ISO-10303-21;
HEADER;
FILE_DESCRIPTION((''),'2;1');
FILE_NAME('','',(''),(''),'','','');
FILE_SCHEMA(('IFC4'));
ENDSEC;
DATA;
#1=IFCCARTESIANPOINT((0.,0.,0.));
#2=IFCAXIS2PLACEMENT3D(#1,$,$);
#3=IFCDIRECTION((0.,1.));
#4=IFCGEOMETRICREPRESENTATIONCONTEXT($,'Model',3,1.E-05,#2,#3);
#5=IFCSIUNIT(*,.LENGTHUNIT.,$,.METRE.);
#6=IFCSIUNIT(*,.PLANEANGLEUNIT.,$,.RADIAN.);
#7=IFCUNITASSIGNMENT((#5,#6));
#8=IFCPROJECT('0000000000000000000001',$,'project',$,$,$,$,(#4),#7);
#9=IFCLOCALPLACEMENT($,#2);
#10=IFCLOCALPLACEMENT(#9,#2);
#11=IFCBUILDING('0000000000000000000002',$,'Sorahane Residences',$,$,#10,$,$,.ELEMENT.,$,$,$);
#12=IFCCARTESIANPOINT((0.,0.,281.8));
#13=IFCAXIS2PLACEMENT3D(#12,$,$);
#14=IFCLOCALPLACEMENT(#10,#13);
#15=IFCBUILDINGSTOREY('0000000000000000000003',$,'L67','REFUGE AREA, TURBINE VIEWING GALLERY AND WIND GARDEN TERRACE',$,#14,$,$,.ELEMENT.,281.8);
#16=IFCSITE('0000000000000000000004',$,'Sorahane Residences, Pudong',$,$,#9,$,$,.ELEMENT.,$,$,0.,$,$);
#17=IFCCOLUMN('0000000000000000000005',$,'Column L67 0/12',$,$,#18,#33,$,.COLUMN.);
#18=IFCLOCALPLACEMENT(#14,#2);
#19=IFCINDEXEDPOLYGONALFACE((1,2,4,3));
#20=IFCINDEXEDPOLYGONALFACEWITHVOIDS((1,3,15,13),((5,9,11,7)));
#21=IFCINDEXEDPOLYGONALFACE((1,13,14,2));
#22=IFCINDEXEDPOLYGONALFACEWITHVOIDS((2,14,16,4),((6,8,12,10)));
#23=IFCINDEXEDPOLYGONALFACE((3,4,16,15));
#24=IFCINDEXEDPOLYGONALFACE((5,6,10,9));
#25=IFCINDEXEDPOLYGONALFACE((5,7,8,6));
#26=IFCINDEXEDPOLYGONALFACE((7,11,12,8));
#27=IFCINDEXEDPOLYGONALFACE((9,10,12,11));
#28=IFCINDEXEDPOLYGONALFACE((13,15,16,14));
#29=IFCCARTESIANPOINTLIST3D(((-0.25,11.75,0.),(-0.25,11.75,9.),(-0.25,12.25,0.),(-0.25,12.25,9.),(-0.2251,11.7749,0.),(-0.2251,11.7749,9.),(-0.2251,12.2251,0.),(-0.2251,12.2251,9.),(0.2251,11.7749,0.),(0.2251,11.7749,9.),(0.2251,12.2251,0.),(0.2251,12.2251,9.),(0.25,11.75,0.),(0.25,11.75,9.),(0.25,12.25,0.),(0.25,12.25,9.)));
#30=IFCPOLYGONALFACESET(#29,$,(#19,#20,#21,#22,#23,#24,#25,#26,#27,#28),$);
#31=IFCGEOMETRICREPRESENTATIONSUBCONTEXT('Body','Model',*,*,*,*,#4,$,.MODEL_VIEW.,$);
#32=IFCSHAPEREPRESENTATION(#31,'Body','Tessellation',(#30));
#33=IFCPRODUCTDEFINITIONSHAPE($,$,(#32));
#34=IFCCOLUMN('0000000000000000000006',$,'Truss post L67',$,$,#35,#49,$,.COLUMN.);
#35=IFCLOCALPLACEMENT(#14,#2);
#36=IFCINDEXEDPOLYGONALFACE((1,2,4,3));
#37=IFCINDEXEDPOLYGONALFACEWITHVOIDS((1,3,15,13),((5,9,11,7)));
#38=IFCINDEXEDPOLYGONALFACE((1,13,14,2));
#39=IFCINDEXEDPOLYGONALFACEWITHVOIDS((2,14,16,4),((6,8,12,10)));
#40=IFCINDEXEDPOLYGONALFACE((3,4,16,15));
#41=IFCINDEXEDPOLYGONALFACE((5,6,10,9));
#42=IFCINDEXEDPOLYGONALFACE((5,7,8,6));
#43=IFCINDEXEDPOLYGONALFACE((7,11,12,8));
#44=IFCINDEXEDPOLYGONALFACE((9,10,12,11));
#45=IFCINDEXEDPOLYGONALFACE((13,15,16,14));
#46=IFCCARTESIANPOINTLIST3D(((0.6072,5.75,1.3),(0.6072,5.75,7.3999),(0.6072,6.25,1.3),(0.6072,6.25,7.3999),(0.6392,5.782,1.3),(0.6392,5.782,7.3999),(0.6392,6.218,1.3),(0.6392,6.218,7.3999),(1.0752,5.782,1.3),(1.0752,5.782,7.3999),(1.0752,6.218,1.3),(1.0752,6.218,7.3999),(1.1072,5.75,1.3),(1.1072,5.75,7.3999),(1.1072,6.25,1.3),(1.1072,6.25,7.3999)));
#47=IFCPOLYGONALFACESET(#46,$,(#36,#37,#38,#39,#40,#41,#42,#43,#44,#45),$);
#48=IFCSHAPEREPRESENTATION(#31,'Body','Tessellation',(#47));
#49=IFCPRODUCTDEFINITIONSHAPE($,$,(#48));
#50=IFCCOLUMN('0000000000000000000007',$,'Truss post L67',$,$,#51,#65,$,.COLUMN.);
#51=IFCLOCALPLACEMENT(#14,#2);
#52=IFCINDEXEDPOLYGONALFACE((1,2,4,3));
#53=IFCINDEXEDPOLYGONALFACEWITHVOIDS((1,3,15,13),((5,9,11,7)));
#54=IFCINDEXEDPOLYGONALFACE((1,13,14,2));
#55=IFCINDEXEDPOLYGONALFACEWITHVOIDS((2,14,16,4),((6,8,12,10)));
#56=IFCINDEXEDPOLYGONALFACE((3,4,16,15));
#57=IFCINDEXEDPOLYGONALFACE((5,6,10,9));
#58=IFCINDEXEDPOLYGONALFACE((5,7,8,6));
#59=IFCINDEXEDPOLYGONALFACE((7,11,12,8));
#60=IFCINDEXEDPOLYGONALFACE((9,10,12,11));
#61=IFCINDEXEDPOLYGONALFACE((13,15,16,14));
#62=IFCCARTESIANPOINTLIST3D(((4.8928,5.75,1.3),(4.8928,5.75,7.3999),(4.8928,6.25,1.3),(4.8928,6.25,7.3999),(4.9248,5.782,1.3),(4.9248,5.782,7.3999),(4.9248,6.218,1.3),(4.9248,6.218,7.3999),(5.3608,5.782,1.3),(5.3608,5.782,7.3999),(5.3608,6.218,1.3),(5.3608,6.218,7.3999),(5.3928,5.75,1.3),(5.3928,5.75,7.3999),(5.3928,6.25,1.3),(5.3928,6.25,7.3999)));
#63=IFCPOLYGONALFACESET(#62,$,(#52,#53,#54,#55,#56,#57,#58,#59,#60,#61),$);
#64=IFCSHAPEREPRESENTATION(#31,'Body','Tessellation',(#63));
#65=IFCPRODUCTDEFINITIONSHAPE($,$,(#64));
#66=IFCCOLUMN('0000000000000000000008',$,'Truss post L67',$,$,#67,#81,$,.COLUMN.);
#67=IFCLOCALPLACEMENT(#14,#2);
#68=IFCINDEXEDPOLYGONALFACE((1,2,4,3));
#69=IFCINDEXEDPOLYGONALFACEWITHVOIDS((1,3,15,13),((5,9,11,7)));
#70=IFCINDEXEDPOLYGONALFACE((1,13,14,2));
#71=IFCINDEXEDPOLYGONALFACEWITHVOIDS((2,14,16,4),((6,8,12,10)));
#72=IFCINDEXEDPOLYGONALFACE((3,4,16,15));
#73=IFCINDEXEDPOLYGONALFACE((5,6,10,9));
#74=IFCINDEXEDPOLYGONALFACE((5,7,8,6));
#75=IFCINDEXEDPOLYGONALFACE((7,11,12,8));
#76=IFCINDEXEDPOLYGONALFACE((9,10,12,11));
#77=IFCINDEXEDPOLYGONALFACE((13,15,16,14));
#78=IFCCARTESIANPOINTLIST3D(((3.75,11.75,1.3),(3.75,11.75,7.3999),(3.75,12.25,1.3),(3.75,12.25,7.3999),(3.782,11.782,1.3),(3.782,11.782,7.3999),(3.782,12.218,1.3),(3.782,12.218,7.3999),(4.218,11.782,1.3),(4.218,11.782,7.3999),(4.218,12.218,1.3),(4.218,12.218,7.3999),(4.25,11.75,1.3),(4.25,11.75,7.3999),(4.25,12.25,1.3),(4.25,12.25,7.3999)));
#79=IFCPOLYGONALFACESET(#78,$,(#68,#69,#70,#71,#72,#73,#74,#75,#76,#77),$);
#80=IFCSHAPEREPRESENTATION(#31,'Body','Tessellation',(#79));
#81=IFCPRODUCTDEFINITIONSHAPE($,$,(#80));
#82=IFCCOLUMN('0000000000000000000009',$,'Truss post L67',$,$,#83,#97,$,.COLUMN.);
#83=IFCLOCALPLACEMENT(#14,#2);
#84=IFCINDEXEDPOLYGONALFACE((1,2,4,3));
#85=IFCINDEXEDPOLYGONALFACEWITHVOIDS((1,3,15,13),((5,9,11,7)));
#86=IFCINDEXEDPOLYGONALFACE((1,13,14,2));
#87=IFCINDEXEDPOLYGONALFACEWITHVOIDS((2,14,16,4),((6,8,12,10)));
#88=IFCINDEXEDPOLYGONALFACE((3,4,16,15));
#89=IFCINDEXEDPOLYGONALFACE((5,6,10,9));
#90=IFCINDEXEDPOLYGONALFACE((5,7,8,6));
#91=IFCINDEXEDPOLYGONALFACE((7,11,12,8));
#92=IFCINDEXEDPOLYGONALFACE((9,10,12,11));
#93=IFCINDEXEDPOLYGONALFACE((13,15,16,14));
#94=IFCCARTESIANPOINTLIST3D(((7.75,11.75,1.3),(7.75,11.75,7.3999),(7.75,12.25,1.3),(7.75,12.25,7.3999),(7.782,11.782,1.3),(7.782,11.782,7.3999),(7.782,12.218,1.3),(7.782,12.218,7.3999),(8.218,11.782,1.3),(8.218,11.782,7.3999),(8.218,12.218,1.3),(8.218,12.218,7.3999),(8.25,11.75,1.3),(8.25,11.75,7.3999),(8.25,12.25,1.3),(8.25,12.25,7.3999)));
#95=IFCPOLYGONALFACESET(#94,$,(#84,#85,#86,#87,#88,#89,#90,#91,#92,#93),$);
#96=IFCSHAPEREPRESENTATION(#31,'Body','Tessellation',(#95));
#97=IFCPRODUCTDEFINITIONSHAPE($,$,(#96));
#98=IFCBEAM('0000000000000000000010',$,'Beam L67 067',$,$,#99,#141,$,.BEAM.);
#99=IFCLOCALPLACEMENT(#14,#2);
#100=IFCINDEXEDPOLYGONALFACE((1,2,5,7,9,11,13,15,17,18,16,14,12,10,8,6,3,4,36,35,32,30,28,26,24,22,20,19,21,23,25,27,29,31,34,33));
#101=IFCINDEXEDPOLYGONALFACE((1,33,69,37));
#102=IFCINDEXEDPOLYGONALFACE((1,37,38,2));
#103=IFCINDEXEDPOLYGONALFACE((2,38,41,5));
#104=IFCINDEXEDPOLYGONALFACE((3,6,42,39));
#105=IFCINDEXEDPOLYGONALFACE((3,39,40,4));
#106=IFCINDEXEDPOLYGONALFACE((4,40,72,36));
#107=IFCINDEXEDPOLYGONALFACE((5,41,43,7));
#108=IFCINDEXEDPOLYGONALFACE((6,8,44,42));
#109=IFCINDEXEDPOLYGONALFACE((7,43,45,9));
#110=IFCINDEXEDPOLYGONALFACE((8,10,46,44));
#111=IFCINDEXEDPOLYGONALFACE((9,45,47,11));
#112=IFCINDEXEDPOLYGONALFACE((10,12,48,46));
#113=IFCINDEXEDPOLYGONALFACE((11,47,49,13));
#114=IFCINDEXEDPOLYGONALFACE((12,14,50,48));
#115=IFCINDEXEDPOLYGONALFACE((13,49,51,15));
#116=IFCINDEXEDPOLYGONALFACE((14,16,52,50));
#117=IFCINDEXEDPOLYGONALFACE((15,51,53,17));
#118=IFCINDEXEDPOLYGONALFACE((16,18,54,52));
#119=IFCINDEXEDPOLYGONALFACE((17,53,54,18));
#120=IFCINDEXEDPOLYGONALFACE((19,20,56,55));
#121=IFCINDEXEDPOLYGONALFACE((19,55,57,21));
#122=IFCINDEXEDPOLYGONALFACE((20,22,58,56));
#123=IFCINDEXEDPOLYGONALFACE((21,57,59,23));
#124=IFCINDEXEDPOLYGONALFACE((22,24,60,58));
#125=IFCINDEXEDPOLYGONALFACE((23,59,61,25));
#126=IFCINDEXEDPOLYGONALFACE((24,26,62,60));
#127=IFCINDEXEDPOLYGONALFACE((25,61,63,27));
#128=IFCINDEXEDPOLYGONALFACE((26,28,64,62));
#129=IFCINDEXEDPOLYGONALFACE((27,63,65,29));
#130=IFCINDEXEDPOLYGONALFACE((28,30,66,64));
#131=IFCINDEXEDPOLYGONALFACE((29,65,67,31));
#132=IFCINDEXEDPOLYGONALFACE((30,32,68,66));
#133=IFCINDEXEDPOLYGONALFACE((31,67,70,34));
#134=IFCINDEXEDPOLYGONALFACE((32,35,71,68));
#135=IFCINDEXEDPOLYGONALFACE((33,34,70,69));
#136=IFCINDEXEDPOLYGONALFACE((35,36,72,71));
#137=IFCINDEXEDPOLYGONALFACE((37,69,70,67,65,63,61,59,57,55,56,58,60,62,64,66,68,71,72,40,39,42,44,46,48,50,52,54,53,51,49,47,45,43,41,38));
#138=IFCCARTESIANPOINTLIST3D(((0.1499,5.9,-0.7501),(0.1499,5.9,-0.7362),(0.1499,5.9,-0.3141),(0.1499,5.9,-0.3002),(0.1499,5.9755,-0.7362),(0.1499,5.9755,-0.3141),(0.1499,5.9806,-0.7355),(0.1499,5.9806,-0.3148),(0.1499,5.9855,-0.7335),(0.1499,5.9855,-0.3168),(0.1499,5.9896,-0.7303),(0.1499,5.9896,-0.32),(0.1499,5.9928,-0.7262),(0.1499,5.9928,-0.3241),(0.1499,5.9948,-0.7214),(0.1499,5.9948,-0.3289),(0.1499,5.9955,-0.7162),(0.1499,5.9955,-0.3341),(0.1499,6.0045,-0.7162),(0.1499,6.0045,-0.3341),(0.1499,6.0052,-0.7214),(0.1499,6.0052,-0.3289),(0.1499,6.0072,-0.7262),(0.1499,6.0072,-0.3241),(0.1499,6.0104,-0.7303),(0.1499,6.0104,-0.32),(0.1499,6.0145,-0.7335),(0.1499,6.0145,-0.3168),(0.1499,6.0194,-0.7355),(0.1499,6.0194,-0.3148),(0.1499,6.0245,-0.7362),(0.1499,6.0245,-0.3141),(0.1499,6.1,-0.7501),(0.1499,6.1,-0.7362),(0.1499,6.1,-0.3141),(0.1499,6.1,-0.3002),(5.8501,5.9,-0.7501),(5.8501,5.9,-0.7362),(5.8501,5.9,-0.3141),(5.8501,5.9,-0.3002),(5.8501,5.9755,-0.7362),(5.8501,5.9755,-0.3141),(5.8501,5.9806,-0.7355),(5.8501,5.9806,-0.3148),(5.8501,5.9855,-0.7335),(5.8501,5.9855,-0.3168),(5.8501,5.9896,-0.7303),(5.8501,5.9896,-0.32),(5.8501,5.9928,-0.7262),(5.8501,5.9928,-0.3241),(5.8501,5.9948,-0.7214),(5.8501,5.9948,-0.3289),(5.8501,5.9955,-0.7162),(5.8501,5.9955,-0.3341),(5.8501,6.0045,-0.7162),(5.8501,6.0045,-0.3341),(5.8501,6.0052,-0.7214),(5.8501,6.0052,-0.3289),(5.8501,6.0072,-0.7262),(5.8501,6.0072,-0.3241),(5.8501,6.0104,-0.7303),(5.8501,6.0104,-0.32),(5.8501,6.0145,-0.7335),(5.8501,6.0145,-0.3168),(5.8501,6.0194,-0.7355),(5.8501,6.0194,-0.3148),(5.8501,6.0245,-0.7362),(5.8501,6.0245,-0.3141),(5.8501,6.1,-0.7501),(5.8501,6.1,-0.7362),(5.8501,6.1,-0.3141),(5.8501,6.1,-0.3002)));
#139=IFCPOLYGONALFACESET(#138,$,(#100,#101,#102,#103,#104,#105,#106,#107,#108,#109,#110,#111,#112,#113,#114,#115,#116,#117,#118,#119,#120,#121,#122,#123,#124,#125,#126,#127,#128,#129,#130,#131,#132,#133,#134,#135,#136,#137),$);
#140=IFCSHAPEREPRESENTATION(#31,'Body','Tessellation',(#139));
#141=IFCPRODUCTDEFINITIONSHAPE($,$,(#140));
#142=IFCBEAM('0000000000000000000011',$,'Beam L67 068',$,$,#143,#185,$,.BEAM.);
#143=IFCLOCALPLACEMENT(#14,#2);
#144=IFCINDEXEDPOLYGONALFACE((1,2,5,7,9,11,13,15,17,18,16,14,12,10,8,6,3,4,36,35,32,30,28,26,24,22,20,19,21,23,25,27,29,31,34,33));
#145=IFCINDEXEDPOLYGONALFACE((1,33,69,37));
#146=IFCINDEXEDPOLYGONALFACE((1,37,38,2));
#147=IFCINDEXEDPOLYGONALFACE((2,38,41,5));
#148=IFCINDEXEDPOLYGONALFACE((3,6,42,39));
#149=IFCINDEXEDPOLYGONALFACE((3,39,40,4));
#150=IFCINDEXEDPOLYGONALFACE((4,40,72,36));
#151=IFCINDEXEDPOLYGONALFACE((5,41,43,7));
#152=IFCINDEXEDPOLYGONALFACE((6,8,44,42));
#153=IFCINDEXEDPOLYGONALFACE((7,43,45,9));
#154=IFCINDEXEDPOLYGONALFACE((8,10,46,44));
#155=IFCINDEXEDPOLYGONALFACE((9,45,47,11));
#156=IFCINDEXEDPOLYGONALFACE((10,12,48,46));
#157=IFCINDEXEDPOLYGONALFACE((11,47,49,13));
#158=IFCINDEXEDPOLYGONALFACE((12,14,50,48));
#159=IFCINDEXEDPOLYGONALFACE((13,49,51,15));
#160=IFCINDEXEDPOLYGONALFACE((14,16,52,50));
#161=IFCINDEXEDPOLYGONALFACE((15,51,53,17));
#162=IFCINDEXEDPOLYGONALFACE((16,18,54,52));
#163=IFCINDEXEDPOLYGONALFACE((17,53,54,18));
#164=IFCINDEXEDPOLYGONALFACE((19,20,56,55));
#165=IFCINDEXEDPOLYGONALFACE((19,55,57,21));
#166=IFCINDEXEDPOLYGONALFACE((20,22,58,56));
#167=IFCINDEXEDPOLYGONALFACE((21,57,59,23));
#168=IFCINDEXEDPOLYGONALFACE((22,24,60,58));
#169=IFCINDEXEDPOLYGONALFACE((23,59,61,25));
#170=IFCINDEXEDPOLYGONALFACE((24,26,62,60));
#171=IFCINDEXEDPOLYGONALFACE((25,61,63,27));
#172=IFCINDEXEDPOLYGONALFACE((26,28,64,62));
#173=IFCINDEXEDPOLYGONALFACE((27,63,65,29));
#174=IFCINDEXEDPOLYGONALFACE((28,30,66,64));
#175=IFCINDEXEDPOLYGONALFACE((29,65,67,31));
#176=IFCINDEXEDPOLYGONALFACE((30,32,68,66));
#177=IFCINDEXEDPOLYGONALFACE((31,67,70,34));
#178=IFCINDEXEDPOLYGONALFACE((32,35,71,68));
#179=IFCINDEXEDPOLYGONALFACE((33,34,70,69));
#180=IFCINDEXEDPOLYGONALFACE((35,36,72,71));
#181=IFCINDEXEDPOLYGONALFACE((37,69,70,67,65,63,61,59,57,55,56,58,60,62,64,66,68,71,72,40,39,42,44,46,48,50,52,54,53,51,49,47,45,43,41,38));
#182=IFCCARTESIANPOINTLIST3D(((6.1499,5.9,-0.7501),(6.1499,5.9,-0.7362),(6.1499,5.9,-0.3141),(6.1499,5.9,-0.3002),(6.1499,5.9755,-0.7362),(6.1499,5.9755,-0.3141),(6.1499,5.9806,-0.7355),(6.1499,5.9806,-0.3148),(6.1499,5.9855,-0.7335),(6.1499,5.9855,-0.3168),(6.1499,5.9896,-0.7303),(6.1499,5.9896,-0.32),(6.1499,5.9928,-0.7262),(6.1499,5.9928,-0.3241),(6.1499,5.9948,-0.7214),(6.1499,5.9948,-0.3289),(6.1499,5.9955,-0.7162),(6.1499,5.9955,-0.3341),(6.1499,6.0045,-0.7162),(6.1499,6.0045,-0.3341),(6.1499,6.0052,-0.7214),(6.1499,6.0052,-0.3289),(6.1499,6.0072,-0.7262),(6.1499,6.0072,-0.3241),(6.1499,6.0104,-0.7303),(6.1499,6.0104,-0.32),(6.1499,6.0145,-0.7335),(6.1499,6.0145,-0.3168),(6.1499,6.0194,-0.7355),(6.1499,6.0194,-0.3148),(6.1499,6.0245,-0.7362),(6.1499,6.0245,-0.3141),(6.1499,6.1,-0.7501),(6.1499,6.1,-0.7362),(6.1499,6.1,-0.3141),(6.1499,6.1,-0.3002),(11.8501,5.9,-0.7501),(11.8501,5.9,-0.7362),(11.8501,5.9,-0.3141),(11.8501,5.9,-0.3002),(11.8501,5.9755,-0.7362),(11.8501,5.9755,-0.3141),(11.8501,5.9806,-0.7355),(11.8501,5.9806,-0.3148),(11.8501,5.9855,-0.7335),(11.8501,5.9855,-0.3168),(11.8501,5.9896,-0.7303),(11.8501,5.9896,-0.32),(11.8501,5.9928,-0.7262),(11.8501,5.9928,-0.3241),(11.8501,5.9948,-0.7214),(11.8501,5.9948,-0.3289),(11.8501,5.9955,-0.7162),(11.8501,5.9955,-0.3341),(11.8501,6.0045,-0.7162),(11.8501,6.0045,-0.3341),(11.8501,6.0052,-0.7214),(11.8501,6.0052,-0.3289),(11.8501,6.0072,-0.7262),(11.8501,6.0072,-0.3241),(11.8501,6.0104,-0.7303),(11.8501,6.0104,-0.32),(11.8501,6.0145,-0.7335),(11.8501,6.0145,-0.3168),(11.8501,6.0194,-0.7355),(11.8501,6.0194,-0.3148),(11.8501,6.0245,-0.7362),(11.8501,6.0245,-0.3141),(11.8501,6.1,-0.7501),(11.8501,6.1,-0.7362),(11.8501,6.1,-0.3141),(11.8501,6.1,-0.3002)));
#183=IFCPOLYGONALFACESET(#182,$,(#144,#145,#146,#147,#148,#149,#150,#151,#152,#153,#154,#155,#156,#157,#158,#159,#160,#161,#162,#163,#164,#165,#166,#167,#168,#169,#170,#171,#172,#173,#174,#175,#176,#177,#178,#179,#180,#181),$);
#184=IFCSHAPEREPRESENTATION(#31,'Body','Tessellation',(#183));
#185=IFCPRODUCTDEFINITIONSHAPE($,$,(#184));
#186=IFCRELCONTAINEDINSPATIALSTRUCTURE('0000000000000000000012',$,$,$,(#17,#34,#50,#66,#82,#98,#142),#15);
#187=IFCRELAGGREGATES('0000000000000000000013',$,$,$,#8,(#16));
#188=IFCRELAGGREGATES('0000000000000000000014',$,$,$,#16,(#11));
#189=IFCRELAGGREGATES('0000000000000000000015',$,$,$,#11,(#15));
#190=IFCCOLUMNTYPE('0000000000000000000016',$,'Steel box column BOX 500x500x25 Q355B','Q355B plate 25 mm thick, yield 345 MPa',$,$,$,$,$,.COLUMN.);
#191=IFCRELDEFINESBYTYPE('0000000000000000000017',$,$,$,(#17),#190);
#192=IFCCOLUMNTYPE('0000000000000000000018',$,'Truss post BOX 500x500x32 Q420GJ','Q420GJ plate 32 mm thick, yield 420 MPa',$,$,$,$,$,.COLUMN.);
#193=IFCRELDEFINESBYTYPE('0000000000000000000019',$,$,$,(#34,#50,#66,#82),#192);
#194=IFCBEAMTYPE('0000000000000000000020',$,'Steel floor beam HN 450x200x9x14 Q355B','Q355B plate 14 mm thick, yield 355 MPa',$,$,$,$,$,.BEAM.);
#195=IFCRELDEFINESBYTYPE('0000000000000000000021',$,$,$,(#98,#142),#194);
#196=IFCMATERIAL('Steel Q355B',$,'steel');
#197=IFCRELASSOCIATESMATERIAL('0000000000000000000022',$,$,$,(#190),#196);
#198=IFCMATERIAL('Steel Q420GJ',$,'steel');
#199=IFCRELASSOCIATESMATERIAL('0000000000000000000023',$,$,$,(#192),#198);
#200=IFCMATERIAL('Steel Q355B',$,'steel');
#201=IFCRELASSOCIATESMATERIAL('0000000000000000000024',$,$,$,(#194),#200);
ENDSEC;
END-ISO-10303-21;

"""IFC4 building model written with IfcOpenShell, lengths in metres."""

from ifc_helpers import new_model, si_unit, direction, frame, origin, origin_2d, place, context, subcontext, project, spatial, hollow_rectangle, i_section, extrude, material, material_profile, profile_set, type_object, element, save


model = new_model("IFC4")

# Units and contexts
model_context = context("Model", 3, precision=1e-05, world=origin(), true_north=direction((0.0, 1.0)))
body_context = subcontext(model_context, "Body", "Model", "MODEL_VIEW")
ifc_project = project(units=[si_unit("LENGTHUNIT", "METRE"), si_unit("PLANEANGLEUNIT", "RADIAN")], contexts=[model_context])

# Site, building, storey
site_placement = place(None, origin())
site = spatial("IfcSite", under=ifc_project, at=site_placement, Name="Sorahane Residences, Pudong", CompositionType="ELEMENT", RefElevation=0.0)
building_placement = place(site_placement, origin())
building = spatial("IfcBuilding", under=site, at=building_placement, Name="Sorahane Residences", CompositionType="ELEMENT")
storey_placement = place(building_placement, frame((0.0, 0.0, 281.8)))
storey = spatial("IfcBuildingStorey", under=building, at=storey_placement, Name="L67", Description="REFUGE AREA, TURBINE VIEWING GALLERY AND WIND GARDEN TERRACE", CompositionType="ELEMENT", Elevation=281.8)

# Columns
ifc_material_1 = material(Name="Steel Q355B", Category="steel")
ifc_material_profile_1 = material_profile(ifc_material_1, hollow_rectangle(XDim=0.5, YDim=0.5, WallThickness=0.0249, at=origin_2d()), Name="BOX 500x500x25")
ifc_profile_set_1 = profile_set([ifc_material_profile_1], Name="Steel Q355B")
column_type_1 = type_object("IfcColumnType", Name="Steel box column BOX 500x500x25 Q355B", Description="Q355B plate 25 mm thick, yield 345 MPa", PredefinedType="COLUMN", material=ifc_profile_set_1)
column_placement = place(storey_placement, frame((0.0, 12.0, 0.0), z_axis=(0.0, 0.0, 1.0), x_axis=(1.0, 0.0, 0.0)))
element("IfcColumn", 1, at=column_placement, inside=storey, type_object=column_type_1, Name="Column L67 0/12", PredefinedType="COLUMN", context=body_context, shape_type="SweptSolid", body=[
    extrude(hollow_rectangle(XDim=0.5, YDim=0.5, WallThickness=0.0249, at=origin_2d()), origin(), (0.0, 0.0, 1.0), 9.0),
])
ifc_material_2 = material(Name="Steel Q420GJ", Category="steel")
ifc_material_profile_2 = material_profile(ifc_material_2, hollow_rectangle(XDim=0.5, YDim=0.5, WallThickness=0.032, at=origin_2d()), Name="BOX 500x500x32")
ifc_profile_set_2 = profile_set([ifc_material_profile_2], Name="Steel Q420GJ")
column_type_2 = type_object("IfcColumnType", Name="Truss post BOX 500x500x32 Q420GJ", Description="Q420GJ plate 32 mm thick, yield 420 MPa", PredefinedType="COLUMN", material=ifc_profile_set_2)
for number, where, z_axis, x_axis, name in (
    (2, (0.8572, 6.0, 1.3), (0.0, 0.0, 1.0), (1.0, 0.0, 0.0), "Truss post L67"),
    (3, (5.1428, 6.0, 1.3), (0.0, 0.0, 1.0), (1.0, 0.0, 0.0), "Truss post L67"),
    (4, (4.0, 12.0, 1.3), (0.0, 0.0, 1.0), (1.0, 0.0, 0.0), "Truss post L67"),
    (5, (8.0, 12.0, 1.3), (0.0, 0.0, 1.0), (1.0, 0.0, 0.0), "Truss post L67"),
):
    element("IfcColumn", number, at=place(storey_placement, frame(where, z_axis=z_axis, x_axis=x_axis)), inside=storey, type_object=column_type_2, Name=name, PredefinedType="COLUMN", context=body_context, shape_type="SweptSolid", body=[
        extrude(hollow_rectangle(XDim=0.5, YDim=0.5, WallThickness=0.032, at=origin_2d()), origin(), (0.0, 0.0, 1.0), 6.0999),
    ])

# Beams
ifc_material_3 = material(Name="Steel Q355B", Category="steel")
ifc_material_profile_3 = material_profile(ifc_material_3, i_section(OverallWidth=0.2, OverallDepth=0.45, WebThickness=0.009, FlangeThickness=0.0139, FilletRadius=0.02, at=origin_2d()), Name="HN 450x200x9x14")
ifc_profile_set_3 = profile_set([ifc_material_profile_3], Name="Steel Q355B")
beam_type_1 = type_object("IfcBeamType", Name="Steel floor beam HN 450x200x9x14 Q355B", Description="Q355B plate 14 mm thick, yield 355 MPa", PredefinedType="BEAM", material=ifc_profile_set_3)
for number, where, z_axis, x_axis, name in (
    (6, (0.1499, 6.0, -0.5251), (1.0, 0.0, 0.0), (0.0, 1.0, 0.0), "Beam L67 067"),
    (7, (6.1499, 6.0, -0.5251), (1.0, 0.0, 0.0), (0.0, 1.0, 0.0), "Beam L67 068"),
):
    element("IfcBeam", number, at=place(storey_placement, frame(where, z_axis=z_axis, x_axis=x_axis)), inside=storey, type_object=beam_type_1, Name=name, PredefinedType="BEAM", context=body_context, shape_type="SweptSolid", body=[
        extrude(i_section(OverallWidth=0.2, OverallDepth=0.45, WebThickness=0.009, FlangeThickness=0.0139, FilletRadius=0.02, at=origin_2d()), origin(), (0.0, 0.0, 1.0), 5.7002),
    ])

save(model, "model.ifc")
